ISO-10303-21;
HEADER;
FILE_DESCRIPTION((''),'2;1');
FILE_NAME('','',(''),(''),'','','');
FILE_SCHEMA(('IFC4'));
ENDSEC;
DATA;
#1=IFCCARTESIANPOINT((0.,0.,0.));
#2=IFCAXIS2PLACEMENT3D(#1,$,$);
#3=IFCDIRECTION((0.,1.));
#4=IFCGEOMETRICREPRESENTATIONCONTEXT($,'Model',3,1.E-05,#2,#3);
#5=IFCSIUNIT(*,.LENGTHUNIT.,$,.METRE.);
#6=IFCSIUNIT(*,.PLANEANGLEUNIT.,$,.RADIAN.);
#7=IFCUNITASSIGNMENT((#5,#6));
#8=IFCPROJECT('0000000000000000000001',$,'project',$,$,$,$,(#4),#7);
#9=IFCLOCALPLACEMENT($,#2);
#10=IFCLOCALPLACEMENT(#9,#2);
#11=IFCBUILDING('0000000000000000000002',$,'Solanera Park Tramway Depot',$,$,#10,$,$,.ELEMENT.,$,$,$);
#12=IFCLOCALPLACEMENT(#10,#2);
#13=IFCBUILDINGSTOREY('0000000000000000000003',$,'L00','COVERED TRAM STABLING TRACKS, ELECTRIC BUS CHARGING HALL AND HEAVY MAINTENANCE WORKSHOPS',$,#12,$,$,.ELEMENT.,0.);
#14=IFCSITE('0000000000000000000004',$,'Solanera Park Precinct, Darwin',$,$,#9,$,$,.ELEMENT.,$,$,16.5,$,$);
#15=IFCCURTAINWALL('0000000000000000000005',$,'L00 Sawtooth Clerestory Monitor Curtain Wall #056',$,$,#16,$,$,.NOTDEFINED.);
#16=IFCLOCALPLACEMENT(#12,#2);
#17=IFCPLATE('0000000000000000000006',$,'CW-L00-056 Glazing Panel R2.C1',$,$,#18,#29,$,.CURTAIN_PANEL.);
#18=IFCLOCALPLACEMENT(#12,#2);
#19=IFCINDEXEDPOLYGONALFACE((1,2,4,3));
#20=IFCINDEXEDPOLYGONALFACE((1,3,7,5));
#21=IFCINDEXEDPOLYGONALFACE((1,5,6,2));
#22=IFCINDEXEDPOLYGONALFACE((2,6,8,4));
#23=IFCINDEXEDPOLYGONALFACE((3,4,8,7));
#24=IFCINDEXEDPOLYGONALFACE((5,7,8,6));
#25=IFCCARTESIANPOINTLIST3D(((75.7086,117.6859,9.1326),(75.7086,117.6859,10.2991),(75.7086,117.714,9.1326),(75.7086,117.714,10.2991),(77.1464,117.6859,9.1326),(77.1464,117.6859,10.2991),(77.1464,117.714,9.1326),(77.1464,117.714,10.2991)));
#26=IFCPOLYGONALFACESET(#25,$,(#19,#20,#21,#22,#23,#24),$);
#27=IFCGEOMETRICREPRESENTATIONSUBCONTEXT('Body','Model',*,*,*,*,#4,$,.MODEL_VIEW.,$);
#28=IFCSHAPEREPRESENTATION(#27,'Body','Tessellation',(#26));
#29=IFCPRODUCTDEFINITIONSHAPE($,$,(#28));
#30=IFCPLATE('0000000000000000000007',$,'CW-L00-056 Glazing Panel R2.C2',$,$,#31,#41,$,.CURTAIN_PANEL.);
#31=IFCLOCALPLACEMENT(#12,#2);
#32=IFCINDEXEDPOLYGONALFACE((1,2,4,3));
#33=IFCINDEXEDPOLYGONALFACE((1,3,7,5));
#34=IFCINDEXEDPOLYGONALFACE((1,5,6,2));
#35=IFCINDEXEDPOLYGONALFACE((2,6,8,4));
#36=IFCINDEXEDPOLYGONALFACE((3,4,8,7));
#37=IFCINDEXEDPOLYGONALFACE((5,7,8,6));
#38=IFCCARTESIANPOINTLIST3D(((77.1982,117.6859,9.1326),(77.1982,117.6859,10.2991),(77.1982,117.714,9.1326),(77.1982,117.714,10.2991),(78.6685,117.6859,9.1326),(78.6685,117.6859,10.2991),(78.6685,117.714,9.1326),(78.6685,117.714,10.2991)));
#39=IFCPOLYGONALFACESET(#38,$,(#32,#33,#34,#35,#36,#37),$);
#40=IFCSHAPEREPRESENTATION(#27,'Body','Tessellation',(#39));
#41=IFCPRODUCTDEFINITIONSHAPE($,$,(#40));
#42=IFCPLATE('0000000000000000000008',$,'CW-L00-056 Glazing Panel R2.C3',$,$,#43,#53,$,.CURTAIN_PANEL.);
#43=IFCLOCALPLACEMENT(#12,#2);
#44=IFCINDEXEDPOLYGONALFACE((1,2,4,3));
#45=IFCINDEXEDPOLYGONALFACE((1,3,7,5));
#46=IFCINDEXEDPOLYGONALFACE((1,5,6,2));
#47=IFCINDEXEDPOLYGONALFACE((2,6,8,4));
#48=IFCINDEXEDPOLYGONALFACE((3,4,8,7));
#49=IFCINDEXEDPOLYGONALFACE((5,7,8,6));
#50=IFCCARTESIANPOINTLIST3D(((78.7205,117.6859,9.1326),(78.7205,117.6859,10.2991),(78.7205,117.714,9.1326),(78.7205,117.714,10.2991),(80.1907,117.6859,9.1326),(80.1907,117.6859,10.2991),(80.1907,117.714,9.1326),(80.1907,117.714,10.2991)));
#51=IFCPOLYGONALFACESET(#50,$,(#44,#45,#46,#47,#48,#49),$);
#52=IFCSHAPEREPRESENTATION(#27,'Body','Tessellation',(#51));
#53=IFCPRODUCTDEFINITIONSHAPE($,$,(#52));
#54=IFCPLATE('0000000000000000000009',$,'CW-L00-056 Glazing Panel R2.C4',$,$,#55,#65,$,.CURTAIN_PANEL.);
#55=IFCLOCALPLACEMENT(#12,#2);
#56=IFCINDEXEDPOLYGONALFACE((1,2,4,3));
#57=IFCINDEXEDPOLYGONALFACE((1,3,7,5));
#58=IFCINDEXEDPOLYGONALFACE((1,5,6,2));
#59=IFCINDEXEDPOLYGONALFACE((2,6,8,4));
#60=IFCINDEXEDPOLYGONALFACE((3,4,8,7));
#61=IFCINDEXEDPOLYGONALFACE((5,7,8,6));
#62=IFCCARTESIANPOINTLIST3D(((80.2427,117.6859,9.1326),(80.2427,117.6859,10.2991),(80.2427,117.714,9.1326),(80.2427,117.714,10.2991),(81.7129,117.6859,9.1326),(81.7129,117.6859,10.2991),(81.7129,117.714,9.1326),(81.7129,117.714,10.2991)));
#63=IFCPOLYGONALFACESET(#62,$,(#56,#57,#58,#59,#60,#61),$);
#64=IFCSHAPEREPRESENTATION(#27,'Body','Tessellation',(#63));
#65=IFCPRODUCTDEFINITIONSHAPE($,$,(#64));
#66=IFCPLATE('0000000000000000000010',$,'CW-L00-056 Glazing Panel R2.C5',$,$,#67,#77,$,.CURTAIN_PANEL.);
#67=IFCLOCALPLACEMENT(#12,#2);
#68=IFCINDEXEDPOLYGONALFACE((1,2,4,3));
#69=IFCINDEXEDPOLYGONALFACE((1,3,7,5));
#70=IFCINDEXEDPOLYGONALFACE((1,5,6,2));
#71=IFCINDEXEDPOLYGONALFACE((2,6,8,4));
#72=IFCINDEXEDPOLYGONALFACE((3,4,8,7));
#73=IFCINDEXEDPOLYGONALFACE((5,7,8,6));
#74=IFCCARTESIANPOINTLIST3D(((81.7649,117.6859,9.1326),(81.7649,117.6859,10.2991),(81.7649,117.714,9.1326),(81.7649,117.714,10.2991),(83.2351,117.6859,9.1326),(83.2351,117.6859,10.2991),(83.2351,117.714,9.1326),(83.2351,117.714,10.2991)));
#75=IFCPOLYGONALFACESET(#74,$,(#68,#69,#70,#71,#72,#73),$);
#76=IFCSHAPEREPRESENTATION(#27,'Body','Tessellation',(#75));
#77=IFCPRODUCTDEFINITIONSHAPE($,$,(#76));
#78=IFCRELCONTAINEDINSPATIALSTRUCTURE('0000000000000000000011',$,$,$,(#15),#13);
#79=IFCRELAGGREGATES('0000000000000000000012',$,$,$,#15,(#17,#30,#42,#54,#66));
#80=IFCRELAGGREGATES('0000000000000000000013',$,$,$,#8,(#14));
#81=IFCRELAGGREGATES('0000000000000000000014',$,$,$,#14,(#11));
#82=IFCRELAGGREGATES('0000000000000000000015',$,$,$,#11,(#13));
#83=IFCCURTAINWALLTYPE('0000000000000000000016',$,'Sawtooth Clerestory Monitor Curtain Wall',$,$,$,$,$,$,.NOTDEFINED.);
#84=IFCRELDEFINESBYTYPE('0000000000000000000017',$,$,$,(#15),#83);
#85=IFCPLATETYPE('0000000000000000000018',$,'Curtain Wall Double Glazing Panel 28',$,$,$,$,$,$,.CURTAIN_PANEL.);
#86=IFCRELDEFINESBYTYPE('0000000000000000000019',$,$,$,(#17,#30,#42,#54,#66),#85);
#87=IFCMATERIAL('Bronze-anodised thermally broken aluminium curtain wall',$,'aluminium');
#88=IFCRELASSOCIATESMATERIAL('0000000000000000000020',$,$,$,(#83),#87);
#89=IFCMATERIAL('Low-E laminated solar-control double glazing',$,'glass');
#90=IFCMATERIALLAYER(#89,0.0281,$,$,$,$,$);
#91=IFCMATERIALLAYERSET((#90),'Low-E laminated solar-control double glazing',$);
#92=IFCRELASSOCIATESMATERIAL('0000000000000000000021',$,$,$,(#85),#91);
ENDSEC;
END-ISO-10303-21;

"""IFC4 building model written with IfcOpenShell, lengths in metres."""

from ifc_helpers import new_model, si_unit, direction, frame, origin, origin_2d, place, context, subcontext, project, spatial, rectangle, extrude, material, layer, layer_set, type_object, element, aggregate, save


model = new_model("IFC4")

# Units and contexts
model_context = context("Model", 3, precision=1e-05, world=origin(), true_north=direction((0.0, 1.0)))
body_context = subcontext(model_context, "Body", "Model", "MODEL_VIEW")
ifc_project = project(units=[si_unit("LENGTHUNIT", "METRE"), si_unit("PLANEANGLEUNIT", "RADIAN")], contexts=[model_context])

# Site, building, storey
site_placement = place(None, origin())
site = spatial("IfcSite", under=ifc_project, at=site_placement, Name="Solanera Park Precinct, Darwin", CompositionType="ELEMENT", RefElevation=16.5)
building_placement = place(site_placement, origin())
building = spatial("IfcBuilding", under=site, at=building_placement, Name="Solanera Park Tramway Depot", CompositionType="ELEMENT")
storey_placement = place(building_placement, origin())
storey = spatial("IfcBuildingStorey", under=building, at=storey_placement, Name="L00", Description="COVERED TRAM STABLING TRACKS, ELECTRIC BUS CHARGING HALL AND HEAVY MAINTENANCE WORKSHOPS", CompositionType="ELEMENT", Elevation=0.0)

# Curtain wall
ifc_material_1 = material(Name="Bronze-anodised thermally broken aluminium curtain wall", Category="aluminium")
curtain_wall_type = type_object("IfcCurtainWallType", Name="Sawtooth Clerestory Monitor Curtain Wall", PredefinedType="NOTDEFINED", material=ifc_material_1)
curtain_wall_placement = place(storey_placement, origin())
curtain_wall = element("IfcCurtainWall", 1, at=curtain_wall_placement, inside=storey, type_object=curtain_wall_type, Name="L00 Sawtooth Clerestory Monitor Curtain Wall #056", PredefinedType="NOTDEFINED")

# Plates
ifc_material_2 = material(Name="Low-E laminated solar-control double glazing", Category="glass")
ifc_layer = layer(ifc_material_2, 0.0281)
ifc_layer_set = layer_set([ifc_layer], Name="Low-E laminated solar-control double glazing")
plate_type = type_object("IfcPlateType", Name="Curtain Wall Double Glazing Panel 28", PredefinedType="CURTAIN_PANEL", material=ifc_layer_set)
plate_1_placement = place(storey_placement, frame((76.4275, 117.7, 9.1326), z_axis=(0.0, 0.0, 1.0), x_axis=(1.0, 0.0, 0.0)))
plate_1 = element("IfcPlate", 2, at=plate_1_placement, type_object=plate_type, Name="CW-L00-056 Glazing Panel R2.C1", PredefinedType="CURTAIN_PANEL", context=body_context, shape_type="SweptSolid", body=[
    extrude(rectangle(XDim=1.4377, YDim=0.0281, at=origin_2d()), origin(), (0.0, 0.0, 1.0), 1.1665),
])
plate_2_placement = place(storey_placement, frame((77.9333, 117.7, 9.1326), z_axis=(0.0, 0.0, 1.0), x_axis=(1.0, 0.0, 0.0)))
plate_2 = element("IfcPlate", 3, at=plate_2_placement, type_object=plate_type, Name="CW-L00-056 Glazing Panel R2.C2", PredefinedType="CURTAIN_PANEL", context=body_context, shape_type="SweptSolid", body=[
    extrude(rectangle(XDim=1.4702, YDim=0.0281, at=origin_2d()), origin(), (0.0, 0.0, 1.0), 1.1665),
])
plate_3_placement = place(storey_placement, frame((79.4556, 117.7, 9.1326), z_axis=(0.0, 0.0, 1.0), x_axis=(1.0, 0.0, 0.0)))
plate_3 = element("IfcPlate", 4, at=plate_3_placement, type_object=plate_type, Name="CW-L00-056 Glazing Panel R2.C3", PredefinedType="CURTAIN_PANEL", context=body_context, shape_type="SweptSolid", body=[
    extrude(rectangle(XDim=1.4702, YDim=0.0281, at=origin_2d()), origin(), (0.0, 0.0, 1.0), 1.1665),
])
plate_4_placement = place(storey_placement, frame((80.9778, 117.7, 9.1326), z_axis=(0.0, 0.0, 1.0), x_axis=(1.0, 0.0, 0.0)))
plate_4 = element("IfcPlate", 5, at=plate_4_placement, type_object=plate_type, Name="CW-L00-056 Glazing Panel R2.C4", PredefinedType="CURTAIN_PANEL", context=body_context, shape_type="SweptSolid", body=[
    extrude(rectangle(XDim=1.4702, YDim=0.0281, at=origin_2d()), origin(), (0.0, 0.0, 1.0), 1.1665),
])
plate_5_placement = place(storey_placement, frame((82.5, 117.7, 9.1326), z_axis=(0.0, 0.0, 1.0), x_axis=(1.0, 0.0, 0.0)))
plate_5 = element("IfcPlate", 6, at=plate_5_placement, type_object=plate_type, Name="CW-L00-056 Glazing Panel R2.C5", PredefinedType="CURTAIN_PANEL", context=body_context, shape_type="SweptSolid", body=[
    extrude(rectangle(XDim=1.4702, YDim=0.0281, at=origin_2d()), origin(), (0.0, 0.0, 1.0), 1.1665),
])
aggregate(curtain_wall, [plate_1, plate_2, plate_3, plate_4, plate_5])

save(model, "model.ifc")
